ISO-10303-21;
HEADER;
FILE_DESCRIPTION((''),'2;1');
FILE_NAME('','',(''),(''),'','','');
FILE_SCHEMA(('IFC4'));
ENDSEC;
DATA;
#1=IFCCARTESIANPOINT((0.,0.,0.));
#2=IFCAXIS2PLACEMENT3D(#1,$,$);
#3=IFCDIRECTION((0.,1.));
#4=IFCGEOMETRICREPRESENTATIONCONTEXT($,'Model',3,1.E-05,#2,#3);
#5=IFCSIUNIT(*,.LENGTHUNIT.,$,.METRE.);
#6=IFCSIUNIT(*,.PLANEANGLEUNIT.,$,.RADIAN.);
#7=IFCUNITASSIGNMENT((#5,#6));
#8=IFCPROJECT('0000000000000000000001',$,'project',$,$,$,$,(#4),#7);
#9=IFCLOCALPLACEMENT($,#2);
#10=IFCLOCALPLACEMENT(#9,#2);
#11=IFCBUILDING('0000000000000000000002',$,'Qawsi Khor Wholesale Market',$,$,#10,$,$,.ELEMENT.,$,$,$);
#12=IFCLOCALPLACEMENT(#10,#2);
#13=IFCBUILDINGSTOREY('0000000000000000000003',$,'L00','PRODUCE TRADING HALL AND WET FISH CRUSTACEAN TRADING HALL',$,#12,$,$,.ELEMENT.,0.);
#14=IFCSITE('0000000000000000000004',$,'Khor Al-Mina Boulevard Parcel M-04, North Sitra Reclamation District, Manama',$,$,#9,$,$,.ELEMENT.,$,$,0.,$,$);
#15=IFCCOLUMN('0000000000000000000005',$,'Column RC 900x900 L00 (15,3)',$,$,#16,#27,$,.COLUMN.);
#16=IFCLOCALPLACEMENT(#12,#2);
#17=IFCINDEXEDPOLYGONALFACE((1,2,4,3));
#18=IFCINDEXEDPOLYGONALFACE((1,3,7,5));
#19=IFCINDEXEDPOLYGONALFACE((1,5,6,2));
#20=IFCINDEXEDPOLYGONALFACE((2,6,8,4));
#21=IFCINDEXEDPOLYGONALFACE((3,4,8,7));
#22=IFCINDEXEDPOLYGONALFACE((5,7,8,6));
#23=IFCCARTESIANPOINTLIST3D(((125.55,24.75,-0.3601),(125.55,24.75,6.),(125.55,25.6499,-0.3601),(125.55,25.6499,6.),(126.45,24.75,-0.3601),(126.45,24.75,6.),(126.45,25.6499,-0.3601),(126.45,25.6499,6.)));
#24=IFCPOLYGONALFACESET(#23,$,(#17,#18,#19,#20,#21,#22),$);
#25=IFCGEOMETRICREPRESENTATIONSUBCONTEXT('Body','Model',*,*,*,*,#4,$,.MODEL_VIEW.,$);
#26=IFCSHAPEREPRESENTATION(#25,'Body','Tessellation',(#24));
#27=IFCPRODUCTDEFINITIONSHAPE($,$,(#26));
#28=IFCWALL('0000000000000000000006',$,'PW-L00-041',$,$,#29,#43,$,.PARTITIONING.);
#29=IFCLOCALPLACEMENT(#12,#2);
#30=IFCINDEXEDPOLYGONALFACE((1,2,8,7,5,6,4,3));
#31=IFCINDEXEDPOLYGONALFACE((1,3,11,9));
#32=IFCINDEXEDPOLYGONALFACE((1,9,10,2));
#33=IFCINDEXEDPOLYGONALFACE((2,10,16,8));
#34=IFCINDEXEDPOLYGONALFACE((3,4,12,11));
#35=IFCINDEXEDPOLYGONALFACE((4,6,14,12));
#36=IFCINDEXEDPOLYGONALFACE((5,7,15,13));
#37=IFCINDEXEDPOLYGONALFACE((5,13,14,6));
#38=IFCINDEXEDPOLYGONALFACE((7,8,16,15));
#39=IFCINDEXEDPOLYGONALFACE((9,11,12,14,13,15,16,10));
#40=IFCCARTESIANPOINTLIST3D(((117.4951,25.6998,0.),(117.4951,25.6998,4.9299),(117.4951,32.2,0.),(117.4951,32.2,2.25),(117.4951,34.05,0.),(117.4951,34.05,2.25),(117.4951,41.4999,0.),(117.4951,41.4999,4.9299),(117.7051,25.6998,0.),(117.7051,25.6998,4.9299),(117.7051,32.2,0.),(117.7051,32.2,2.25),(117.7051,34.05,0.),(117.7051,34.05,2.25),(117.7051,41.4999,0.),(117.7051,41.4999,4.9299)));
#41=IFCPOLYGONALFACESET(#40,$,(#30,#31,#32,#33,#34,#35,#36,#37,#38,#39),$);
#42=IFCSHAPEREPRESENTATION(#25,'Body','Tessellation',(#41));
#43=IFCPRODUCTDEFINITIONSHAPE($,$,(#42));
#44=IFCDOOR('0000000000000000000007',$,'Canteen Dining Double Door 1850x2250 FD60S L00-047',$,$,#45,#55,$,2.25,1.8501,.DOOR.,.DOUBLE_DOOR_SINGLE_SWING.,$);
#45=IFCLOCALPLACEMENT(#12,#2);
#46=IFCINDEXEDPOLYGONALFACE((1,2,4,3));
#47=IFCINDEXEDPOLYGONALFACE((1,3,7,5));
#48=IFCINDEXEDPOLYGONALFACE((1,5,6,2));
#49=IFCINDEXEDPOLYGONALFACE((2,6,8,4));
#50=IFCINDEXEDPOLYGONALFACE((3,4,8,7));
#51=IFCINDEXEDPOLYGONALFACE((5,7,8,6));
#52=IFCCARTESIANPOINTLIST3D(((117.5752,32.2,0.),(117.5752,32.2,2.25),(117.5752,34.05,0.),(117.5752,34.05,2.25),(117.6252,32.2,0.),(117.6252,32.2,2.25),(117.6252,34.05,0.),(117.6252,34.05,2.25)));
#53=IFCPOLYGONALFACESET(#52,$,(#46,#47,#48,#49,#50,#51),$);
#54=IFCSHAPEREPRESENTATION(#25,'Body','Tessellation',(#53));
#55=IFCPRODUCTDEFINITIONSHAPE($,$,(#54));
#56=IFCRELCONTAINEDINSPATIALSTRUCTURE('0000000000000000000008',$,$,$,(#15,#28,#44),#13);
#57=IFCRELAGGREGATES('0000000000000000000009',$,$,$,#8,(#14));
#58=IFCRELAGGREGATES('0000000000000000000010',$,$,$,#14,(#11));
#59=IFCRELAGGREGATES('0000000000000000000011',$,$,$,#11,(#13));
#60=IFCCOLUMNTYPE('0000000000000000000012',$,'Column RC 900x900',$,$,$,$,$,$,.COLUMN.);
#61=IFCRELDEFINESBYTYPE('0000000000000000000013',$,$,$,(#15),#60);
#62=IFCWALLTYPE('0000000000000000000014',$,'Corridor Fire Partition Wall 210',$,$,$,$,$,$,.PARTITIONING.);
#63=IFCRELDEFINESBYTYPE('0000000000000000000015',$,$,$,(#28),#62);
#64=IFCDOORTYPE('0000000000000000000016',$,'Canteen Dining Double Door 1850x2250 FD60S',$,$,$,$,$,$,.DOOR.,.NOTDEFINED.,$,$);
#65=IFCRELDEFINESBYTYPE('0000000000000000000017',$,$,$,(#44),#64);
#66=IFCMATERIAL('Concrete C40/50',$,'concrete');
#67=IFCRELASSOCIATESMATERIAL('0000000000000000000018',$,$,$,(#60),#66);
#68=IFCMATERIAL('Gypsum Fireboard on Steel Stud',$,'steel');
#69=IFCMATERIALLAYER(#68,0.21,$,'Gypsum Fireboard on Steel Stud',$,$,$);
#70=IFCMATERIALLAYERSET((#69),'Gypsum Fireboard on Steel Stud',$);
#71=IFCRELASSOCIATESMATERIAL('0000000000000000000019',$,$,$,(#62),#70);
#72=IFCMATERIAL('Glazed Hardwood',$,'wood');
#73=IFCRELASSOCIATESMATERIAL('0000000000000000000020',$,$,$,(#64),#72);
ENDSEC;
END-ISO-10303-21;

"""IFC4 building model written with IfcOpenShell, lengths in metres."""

from ifc_helpers import new_model, si_unit, direction, frame, frame_2d, origin, origin_2d, place, context, subcontext, project, spatial, rectangle, extrude, material, layer, layer_set, material_profile, profile_set, type_object, element, fill, save


model = new_model("IFC4")

# Units and contexts
model_context = context("Model", 3, precision=1e-05, world=origin(), true_north=direction((0.0, 1.0)))
body_context = subcontext(model_context, "Body", "Model", "MODEL_VIEW")
ifc_project = project(units=[si_unit("LENGTHUNIT", "METRE"), si_unit("PLANEANGLEUNIT", "RADIAN")], contexts=[model_context])

# Site, building, storey
site_placement = place(None, origin())
site = spatial("IfcSite", under=ifc_project, at=site_placement, Name="Khor Al-Mina Boulevard Parcel M-04, North Sitra Reclamation District, Manama", CompositionType="ELEMENT", RefElevation=0.0)
building_placement = place(site_placement, origin())
building = spatial("IfcBuilding", under=site, at=building_placement, Name="Qawsi Khor Wholesale Market", CompositionType="ELEMENT")
storey_placement = place(building_placement, origin())
storey = spatial("IfcBuildingStorey", under=building, at=storey_placement, Name="L00", Description="PRODUCE TRADING HALL AND WET FISH CRUSTACEAN TRADING HALL", CompositionType="ELEMENT", Elevation=0.0)

# Column
ifc_material_1 = material(Name="Concrete C40/50", Category="concrete")
ifc_material_profile_1 = material_profile(ifc_material_1, rectangle(XDim=0.8999, YDim=0.8999, at=origin_2d()), Name="RC 900x900")
ifc_profile_set_1 = profile_set([ifc_material_profile_1], Name="Concrete C40/50")
column_type = type_object("IfcColumnType", Name="Column RC 900x900", PredefinedType="COLUMN", material=ifc_profile_set_1)
for number, where, z_axis, x_axis, name in (
    (1, (126.0, 25.2, -0.3601), (0.0, 0.0, 1.0), (1.0, 0.0, 0.0), "Column RC 900x900 L00 (15,3)"),
):
    element("IfcColumn", number, at=place(storey_placement, frame(where, z_axis=z_axis, x_axis=x_axis)), inside=storey, type_object=column_type, Name=name, PredefinedType="COLUMN", context=body_context, shape_type="SweptSolid", body=[
        extrude(rectangle(XDim=0.8999, YDim=0.8999, at=origin_2d()), origin(), (0.0, 0.0, 1.0), 6.3601),
    ])

# Wall, opening, door
ifc_material_2 = material(Name="Gypsum Fireboard on Steel Stud", Category="steel")
ifc_layer_1 = layer(ifc_material_2, 0.21, Name="Gypsum Fireboard on Steel Stud")
ifc_layer_set_1 = layer_set([ifc_layer_1], Name="Gypsum Fireboard on Steel Stud")
wall_type = type_object("IfcWallType", Name="Corridor Fire Partition Wall 210", PredefinedType="PARTITIONING", material=ifc_layer_set_1)
wall_placement = place(storey_placement, frame((117.6001, 25.7, 0.0), z_axis=(0.0, 0.0, 1.0), x_axis=(0.0, 1.0, 0.0)))
wall = element("IfcWall", 2, at=wall_placement, inside=storey, type_object=wall_type, Name="PW-L00-041", PredefinedType="PARTITIONING", context=body_context, shape_type="SweptSolid", body=[
    extrude(rectangle(XDim=15.8, YDim=0.21, at=frame_2d((7.8999, 0.0))), origin(), (0.0, 0.0, 1.0), 4.9299),
])
opening_placement = place(wall_placement, frame((6.5, 0.0, 0.0)))
opening = element("IfcOpeningElement", 3, at=opening_placement, cuts=wall, PredefinedType="OPENING", context=body_context, shape_type="SweptSolid", body=[
    extrude(rectangle(XDim=1.8501, YDim=2.25, at=frame_2d((0.925, 1.125))), frame((0.0, 0.115, 0.0), z_axis=(0.0, -1.0, 0.0), x_axis=(1.0, 0.0, 0.0)), (0.0, 0.0, 1.0), 0.23),
])
ifc_material_3 = material(Name="Glazed Hardwood", Category="wood")
door_type = type_object("IfcDoorType", Name="Canteen Dining Double Door 1850x2250 FD60S", OperationType="NOTDEFINED", PredefinedType="DOOR", material=ifc_material_3)
door_placement = place(opening_placement, origin())
door = element("IfcDoor", 4, at=door_placement, inside=storey, type_object=door_type, Name="Canteen Dining Double Door 1850x2250 FD60S L00-047", OperationType="DOUBLE_DOOR_SINGLE_SWING", OverallHeight=2.25, OverallWidth=1.8501, PredefinedType="DOOR", context=body_context, shape_type="SweptSolid", body=[
    extrude(rectangle(XDim=1.8501, YDim=2.25, at=frame_2d((0.925, 1.125))), frame((0.0, 0.0249, 0.0), z_axis=(0.0, -1.0, 0.0), x_axis=(1.0, 0.0, 0.0)), (0.0, 0.0, 1.0), 0.05),
])
fill(opening, door)

save(model, "model.ifc")
